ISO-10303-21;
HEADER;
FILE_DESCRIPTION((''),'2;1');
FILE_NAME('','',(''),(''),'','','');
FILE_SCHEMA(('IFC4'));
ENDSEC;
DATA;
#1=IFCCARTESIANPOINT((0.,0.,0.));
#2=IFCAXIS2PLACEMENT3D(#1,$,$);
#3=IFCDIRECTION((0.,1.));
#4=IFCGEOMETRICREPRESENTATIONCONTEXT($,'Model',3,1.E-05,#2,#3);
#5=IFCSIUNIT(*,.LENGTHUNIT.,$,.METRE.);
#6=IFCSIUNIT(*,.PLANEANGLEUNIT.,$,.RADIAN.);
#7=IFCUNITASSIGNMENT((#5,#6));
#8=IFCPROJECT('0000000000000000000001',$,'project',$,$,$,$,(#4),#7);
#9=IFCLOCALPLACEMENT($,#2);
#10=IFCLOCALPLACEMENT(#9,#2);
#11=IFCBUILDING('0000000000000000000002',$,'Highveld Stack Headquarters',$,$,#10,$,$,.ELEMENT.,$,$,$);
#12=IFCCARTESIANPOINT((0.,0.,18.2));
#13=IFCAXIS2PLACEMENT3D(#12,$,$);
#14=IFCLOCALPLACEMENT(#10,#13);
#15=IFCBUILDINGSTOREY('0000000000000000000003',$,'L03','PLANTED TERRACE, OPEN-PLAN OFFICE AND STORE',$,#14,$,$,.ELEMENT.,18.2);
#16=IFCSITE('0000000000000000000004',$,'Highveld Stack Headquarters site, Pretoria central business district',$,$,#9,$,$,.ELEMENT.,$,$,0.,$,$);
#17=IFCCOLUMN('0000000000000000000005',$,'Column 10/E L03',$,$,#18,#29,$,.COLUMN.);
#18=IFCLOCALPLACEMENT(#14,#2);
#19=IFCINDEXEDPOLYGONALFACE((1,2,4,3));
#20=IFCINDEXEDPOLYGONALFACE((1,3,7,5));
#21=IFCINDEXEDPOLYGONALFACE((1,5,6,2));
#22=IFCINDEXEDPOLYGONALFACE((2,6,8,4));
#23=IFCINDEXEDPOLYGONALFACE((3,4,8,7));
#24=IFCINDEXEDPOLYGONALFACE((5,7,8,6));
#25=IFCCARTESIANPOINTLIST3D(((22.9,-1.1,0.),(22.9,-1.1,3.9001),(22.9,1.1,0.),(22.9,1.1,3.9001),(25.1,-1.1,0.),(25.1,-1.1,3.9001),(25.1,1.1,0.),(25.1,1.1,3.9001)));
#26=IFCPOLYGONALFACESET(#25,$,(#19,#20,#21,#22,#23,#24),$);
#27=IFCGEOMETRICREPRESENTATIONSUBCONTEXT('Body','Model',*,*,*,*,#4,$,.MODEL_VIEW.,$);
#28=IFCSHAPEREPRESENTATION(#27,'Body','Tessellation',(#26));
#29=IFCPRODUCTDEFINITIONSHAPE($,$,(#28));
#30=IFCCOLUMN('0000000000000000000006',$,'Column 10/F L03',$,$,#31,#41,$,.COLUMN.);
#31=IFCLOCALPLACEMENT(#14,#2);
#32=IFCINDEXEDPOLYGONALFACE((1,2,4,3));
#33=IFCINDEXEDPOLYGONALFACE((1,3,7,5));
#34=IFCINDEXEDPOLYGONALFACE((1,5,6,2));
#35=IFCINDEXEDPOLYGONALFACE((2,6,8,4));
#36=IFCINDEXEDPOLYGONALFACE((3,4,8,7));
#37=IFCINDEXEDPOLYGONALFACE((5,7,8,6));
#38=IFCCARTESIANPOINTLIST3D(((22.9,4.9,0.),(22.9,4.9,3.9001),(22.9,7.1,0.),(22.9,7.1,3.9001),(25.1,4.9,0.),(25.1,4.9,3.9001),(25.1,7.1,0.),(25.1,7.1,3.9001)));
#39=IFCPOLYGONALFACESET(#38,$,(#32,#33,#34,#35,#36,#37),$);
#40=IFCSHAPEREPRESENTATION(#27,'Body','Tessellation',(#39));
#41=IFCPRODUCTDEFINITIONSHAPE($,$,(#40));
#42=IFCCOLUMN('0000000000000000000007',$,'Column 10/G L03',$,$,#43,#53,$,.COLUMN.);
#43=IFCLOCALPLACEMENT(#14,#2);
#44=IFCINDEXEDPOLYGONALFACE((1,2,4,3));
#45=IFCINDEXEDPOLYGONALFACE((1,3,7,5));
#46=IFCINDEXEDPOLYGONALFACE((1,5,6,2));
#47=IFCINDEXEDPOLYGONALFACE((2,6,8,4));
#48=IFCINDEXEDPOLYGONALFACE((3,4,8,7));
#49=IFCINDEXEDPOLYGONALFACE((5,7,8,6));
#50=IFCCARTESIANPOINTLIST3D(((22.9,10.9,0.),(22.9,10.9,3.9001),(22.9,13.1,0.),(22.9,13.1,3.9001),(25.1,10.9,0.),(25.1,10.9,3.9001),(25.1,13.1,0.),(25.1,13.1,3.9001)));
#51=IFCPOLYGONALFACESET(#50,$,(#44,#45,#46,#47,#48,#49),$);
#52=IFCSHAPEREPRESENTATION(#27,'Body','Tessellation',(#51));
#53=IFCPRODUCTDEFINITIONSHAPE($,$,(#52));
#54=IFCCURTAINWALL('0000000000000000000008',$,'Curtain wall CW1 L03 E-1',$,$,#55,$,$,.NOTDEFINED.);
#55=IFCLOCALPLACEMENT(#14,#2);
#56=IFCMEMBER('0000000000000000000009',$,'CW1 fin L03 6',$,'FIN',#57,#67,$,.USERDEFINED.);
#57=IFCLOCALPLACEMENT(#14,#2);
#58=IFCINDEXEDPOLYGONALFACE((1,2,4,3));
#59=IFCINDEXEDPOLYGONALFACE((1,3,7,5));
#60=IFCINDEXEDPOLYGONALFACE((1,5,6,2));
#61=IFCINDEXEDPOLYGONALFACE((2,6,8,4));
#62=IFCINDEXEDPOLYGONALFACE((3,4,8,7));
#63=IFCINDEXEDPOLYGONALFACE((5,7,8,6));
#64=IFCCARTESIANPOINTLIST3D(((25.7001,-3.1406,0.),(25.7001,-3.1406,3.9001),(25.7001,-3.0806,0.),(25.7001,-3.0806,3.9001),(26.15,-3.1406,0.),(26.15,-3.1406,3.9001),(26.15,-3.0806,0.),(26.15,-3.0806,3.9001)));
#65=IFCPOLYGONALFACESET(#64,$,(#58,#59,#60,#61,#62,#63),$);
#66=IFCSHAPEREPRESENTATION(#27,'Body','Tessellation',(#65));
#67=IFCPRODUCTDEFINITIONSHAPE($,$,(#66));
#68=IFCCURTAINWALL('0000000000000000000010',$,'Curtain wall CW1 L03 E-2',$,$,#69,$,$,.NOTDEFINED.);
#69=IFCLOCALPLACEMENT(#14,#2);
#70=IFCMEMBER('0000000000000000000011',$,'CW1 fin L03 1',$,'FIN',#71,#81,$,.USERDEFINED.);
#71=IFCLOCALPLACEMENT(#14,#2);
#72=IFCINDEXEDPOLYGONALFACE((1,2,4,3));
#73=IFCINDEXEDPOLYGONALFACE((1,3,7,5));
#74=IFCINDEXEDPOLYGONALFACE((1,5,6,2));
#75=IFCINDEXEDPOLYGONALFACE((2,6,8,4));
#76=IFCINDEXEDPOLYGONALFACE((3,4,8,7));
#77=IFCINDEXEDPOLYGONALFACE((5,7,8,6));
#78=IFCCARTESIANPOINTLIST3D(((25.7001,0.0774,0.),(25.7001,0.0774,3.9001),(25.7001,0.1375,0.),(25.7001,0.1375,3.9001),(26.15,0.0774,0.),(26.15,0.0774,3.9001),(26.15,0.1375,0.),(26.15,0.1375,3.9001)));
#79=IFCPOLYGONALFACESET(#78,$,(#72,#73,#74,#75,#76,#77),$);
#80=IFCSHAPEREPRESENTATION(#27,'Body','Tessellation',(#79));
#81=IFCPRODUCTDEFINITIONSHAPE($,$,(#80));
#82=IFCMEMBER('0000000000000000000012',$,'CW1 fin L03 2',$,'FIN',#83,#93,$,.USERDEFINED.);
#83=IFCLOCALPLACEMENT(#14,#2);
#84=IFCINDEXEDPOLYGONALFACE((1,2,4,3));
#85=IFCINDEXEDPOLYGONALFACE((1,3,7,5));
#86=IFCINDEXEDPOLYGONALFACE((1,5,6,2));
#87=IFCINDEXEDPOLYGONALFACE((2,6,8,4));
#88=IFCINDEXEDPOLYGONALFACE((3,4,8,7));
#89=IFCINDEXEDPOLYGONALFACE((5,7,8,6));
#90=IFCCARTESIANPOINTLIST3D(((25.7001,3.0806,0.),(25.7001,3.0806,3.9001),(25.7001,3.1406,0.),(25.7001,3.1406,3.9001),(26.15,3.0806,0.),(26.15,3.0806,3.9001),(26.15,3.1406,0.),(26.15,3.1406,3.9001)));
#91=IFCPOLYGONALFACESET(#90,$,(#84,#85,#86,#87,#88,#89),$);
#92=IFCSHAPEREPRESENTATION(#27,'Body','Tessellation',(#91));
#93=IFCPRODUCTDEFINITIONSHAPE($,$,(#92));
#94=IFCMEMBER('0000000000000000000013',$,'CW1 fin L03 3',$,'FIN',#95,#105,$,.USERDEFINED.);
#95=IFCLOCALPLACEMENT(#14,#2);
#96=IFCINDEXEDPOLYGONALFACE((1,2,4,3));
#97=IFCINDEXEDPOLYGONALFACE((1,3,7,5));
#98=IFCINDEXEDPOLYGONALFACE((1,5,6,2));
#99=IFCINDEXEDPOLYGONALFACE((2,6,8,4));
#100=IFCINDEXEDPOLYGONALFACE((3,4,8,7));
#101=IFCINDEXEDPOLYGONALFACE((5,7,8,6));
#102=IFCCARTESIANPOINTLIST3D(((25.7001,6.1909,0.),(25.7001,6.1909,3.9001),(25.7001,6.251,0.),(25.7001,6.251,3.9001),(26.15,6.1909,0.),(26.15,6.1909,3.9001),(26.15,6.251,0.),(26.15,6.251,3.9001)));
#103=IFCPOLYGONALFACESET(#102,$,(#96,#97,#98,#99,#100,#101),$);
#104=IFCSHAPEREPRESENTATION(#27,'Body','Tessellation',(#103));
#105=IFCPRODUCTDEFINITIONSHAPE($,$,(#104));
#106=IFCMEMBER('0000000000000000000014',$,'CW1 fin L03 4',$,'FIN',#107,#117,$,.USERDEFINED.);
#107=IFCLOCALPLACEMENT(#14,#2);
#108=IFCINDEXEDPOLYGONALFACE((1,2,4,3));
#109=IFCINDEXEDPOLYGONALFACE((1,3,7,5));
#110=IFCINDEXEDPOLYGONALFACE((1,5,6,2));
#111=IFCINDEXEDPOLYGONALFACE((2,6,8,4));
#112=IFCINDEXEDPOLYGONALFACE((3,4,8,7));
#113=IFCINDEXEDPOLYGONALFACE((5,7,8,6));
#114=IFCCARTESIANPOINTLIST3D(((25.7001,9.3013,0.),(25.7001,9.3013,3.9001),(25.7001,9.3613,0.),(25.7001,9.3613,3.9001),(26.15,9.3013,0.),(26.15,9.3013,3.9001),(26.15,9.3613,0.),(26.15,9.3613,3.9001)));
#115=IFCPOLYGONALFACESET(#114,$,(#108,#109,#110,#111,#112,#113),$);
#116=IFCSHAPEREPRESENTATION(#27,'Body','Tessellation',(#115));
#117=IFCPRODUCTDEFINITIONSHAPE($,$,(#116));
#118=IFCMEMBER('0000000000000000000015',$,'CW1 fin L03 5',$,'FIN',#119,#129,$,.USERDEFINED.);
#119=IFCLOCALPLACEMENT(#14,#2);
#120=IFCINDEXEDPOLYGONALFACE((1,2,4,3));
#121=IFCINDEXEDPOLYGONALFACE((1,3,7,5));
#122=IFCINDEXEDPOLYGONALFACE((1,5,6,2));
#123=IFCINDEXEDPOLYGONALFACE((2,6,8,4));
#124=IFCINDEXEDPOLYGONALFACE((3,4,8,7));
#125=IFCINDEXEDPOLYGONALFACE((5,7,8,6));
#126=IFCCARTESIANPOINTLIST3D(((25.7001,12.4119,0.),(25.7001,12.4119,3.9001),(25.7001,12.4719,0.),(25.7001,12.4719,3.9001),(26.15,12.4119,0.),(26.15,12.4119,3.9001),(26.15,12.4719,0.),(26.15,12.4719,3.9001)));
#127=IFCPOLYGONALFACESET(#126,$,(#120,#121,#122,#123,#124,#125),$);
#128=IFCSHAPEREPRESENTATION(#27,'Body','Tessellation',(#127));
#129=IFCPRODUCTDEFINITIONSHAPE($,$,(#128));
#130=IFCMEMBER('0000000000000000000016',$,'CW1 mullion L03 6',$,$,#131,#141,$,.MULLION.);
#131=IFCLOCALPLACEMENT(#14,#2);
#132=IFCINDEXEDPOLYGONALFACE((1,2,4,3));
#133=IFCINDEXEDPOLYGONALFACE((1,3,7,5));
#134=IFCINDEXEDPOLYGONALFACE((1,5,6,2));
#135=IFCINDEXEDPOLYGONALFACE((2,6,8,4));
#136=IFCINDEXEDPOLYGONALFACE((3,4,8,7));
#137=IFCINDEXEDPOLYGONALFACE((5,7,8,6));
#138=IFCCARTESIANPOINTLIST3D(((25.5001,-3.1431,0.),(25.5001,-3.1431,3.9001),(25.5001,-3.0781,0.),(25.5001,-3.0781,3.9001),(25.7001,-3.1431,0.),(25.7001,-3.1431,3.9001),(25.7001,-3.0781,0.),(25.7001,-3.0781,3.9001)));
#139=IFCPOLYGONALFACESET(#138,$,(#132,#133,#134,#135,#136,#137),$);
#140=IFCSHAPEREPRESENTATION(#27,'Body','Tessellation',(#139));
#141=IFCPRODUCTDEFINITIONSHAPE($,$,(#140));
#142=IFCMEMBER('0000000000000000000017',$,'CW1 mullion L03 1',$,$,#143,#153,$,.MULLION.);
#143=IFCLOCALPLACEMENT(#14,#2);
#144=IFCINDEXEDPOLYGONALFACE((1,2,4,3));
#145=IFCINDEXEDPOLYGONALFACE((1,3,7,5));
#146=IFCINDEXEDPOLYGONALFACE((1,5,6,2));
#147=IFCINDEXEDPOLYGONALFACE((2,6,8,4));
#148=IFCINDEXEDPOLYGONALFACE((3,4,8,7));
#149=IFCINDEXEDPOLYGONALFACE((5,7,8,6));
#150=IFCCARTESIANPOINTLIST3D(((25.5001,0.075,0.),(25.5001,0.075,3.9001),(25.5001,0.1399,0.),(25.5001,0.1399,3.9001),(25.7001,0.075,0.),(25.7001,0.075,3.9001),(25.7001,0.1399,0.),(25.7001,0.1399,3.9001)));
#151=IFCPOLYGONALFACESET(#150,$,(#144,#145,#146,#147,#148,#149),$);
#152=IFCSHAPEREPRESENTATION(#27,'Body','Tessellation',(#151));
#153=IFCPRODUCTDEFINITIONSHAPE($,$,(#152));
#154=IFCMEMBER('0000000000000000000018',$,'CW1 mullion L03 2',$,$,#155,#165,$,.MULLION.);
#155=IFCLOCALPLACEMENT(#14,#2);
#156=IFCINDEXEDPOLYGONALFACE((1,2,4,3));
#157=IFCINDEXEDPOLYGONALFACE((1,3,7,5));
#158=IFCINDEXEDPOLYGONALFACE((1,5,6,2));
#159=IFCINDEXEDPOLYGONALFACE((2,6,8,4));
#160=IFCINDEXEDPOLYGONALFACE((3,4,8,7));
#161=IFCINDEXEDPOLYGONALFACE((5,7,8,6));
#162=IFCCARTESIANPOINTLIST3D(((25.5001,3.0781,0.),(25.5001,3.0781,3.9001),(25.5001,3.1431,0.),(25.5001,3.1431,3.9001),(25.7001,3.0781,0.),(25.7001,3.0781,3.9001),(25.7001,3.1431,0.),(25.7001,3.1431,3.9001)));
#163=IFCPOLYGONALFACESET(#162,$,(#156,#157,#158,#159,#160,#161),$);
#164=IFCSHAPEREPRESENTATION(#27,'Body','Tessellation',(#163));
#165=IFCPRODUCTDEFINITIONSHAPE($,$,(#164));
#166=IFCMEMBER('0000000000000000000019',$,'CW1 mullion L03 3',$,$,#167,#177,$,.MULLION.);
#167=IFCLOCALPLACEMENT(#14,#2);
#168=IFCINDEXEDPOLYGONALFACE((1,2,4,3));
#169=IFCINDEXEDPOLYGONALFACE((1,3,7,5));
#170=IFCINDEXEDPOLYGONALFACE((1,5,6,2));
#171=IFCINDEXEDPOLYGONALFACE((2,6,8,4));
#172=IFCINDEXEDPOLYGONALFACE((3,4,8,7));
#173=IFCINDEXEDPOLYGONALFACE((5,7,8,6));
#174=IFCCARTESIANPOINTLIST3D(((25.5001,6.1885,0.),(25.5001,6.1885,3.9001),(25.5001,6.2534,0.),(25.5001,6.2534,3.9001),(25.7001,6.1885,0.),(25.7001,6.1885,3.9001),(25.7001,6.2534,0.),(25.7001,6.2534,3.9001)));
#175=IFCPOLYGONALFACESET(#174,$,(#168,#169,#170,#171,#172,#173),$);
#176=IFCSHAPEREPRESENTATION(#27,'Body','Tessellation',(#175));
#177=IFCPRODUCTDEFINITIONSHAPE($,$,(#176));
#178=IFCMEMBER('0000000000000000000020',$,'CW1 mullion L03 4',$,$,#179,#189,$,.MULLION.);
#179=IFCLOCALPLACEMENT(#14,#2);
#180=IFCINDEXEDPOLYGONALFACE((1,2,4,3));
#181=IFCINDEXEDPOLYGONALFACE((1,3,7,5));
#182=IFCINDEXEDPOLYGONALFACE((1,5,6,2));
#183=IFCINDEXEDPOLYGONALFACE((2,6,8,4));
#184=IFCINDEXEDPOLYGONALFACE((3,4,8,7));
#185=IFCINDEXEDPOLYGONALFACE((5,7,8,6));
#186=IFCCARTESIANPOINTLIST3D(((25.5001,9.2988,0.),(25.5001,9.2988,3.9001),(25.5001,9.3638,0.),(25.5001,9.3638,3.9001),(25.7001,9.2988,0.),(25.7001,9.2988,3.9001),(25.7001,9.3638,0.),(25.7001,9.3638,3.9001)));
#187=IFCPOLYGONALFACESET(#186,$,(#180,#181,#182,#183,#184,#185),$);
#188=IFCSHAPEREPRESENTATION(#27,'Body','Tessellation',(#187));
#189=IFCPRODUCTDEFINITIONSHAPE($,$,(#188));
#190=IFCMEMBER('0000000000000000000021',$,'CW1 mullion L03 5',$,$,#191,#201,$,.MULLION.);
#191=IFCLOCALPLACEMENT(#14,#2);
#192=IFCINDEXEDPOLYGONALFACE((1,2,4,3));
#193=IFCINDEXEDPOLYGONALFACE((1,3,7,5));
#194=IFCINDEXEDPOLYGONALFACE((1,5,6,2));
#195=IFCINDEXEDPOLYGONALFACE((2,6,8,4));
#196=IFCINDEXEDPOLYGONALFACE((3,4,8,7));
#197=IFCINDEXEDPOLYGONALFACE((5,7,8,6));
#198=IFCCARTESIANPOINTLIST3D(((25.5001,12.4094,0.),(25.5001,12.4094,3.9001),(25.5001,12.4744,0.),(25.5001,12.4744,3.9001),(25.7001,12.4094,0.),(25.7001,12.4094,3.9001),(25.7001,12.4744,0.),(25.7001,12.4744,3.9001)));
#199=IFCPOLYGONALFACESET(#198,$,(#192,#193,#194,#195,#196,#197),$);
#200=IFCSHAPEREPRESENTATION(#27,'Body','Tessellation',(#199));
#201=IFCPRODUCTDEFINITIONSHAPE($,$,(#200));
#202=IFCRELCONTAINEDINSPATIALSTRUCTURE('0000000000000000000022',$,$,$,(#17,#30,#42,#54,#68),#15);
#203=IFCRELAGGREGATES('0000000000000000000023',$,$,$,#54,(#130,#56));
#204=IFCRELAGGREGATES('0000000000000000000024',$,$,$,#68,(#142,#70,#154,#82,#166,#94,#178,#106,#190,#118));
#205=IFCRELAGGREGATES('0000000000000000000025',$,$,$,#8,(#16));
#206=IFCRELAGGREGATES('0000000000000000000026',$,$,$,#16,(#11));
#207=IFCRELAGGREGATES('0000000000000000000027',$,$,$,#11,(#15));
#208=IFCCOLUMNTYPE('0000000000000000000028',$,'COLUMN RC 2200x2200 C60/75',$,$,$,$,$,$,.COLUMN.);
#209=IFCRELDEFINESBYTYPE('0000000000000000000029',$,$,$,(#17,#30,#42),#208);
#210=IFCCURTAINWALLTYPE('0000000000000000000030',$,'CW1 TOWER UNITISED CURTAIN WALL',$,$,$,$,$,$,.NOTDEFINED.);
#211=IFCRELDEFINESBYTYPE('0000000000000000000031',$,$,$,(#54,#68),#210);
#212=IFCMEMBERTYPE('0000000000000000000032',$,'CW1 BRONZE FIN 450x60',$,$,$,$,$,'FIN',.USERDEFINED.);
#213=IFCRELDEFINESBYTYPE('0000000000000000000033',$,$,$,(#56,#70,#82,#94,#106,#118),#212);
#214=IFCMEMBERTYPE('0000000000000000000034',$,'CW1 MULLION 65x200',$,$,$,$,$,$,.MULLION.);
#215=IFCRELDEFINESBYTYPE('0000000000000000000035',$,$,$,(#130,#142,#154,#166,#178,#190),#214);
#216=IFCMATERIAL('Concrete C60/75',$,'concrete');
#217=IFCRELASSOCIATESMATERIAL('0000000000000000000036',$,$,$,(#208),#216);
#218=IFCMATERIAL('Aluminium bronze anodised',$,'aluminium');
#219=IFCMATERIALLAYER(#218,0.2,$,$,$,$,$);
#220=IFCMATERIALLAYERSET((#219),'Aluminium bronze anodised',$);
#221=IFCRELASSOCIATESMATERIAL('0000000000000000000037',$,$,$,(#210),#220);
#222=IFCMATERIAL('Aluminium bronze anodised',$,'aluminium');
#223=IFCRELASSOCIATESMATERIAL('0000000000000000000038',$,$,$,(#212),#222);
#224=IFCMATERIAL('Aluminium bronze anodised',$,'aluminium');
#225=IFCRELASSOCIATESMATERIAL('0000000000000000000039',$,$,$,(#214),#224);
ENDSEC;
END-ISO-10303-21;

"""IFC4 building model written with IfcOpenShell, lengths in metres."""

from ifc_helpers import new_model, si_unit, direction, frame, origin, origin_2d, place, context, subcontext, project, spatial, rectangle, extrude, material, layer, layer_set, material_profile, profile_set, type_object, element, aggregate, save


model = new_model("IFC4")

# Units and contexts
model_context = context("Model", 3, precision=1e-05, world=origin(), true_north=direction((0.0, 1.0)))
body_context = subcontext(model_context, "Body", "Model", "MODEL_VIEW")
ifc_project = project(units=[si_unit("LENGTHUNIT", "METRE"), si_unit("PLANEANGLEUNIT", "RADIAN")], contexts=[model_context])

# Site, building, storey
site_placement = place(None, origin())
site = spatial("IfcSite", under=ifc_project, at=site_placement, Name="Highveld Stack Headquarters site, Pretoria central business district", CompositionType="ELEMENT", RefElevation=0.0)
building_placement = place(site_placement, origin())
building = spatial("IfcBuilding", under=site, at=building_placement, Name="Highveld Stack Headquarters", CompositionType="ELEMENT")
storey_placement = place(building_placement, frame((0.0, 0.0, 18.2)))
storey = spatial("IfcBuildingStorey", under=building, at=storey_placement, Name="L03", Description="PLANTED TERRACE, OPEN-PLAN OFFICE AND STORE", CompositionType="ELEMENT", Elevation=18.2)

# Columns
ifc_material_1 = material(Name="Concrete C60/75", Category="concrete")
ifc_material_profile_1 = material_profile(ifc_material_1, rectangle(XDim=2.2, YDim=2.2, at=origin_2d()), Name="RC 2200x2200")
ifc_profile_set_1 = profile_set([ifc_material_profile_1], Name="Concrete C60/75")
column_type = type_object("IfcColumnType", Name="COLUMN RC 2200x2200 C60/75", PredefinedType="COLUMN", material=ifc_profile_set_1)
for number, where, z_axis, x_axis, name in (
    (1, (24.0, 0.0, 0.0), (0.0, 0.0, 1.0), (1.0, 0.0, 0.0), "Column 10/E L03"),
    (2, (24.0, 6.0, 0.0), (0.0, 0.0, 1.0), (1.0, 0.0, 0.0), "Column 10/F L03"),
    (3, (24.0, 12.0, 0.0), (0.0, 0.0, 1.0), (1.0, 0.0, 0.0), "Column 10/G L03"),
):
    element("IfcColumn", number, at=place(storey_placement, frame(where, z_axis=z_axis, x_axis=x_axis)), inside=storey, type_object=column_type, Name=name, PredefinedType="COLUMN", context=body_context, shape_type="SweptSolid", body=[
        extrude(rectangle(XDim=2.2, YDim=2.2, at=origin_2d()), origin(), (0.0, 0.0, 1.0), 3.9001),
    ])

# Curtain wall, member
ifc_material_2 = material(Name="Aluminium bronze anodised", Category="aluminium")
ifc_layer_1 = layer(ifc_material_2, 0.2)
ifc_layer_set_1 = layer_set([ifc_layer_1], Name="Aluminium bronze anodised")
curtain_wall_type = type_object("IfcCurtainWallType", Name="CW1 TOWER UNITISED CURTAIN WALL", PredefinedType="NOTDEFINED", material=ifc_layer_set_1)
curtain_wall_1_placement = place(storey_placement, origin())
curtain_wall_1 = element("IfcCurtainWall", 4, at=curtain_wall_1_placement, inside=storey, type_object=curtain_wall_type, Name="Curtain wall CW1 L03 E-1", PredefinedType="NOTDEFINED")
ifc_material_3 = material(Name="Aluminium bronze anodised", Category="aluminium")
ifc_material_profile_2 = material_profile(ifc_material_3, rectangle(XDim=0.45, YDim=0.0601, at=origin_2d()), Name="FIN 450x60")
ifc_profile_set_2 = profile_set([ifc_material_profile_2], Name="Aluminium bronze anodised")
member_type_1 = type_object("IfcMemberType", Name="CW1 BRONZE FIN 450x60", ElementType="FIN", PredefinedType="USERDEFINED", material=ifc_profile_set_2)
member_1_placement = place(storey_placement, frame((25.925, -3.1106, 0.0), z_axis=(0.0, 0.0, 1.0), x_axis=(-1.0, 0.0, 0.0)))
member_1 = element("IfcMember", 5, at=member_1_placement, type_object=member_type_1, Name="CW1 fin L03 6", ObjectType="FIN", PredefinedType="USERDEFINED", context=body_context, shape_type="SweptSolid", body=[
    extrude(rectangle(XDim=0.45, YDim=0.0601, at=origin_2d()), origin(), (0.0, 0.0, 1.0), 3.9001),
])

# Curtain wall, members
curtain_wall_2_placement = place(storey_placement, origin())
curtain_wall_2 = element("IfcCurtainWall", 6, at=curtain_wall_2_placement, inside=storey, type_object=curtain_wall_type, Name="Curtain wall CW1 L03 E-2", PredefinedType="NOTDEFINED")
member_2_placement = place(storey_placement, frame((25.925, 0.1074, 0.0), z_axis=(0.0, 0.0, 1.0), x_axis=(-1.0, 0.0, 0.0)))
member_2 = element("IfcMember", 7, at=member_2_placement, type_object=member_type_1, Name="CW1 fin L03 1", ObjectType="FIN", PredefinedType="USERDEFINED", context=body_context, shape_type="SweptSolid", body=[
    extrude(rectangle(XDim=0.45, YDim=0.0601, at=origin_2d()), origin(), (0.0, 0.0, 1.0), 3.9001),
])
member_3_placement = place(storey_placement, frame((25.925, 3.1106, 0.0), z_axis=(0.0, 0.0, 1.0), x_axis=(-1.0, 0.0, 0.0)))
member_3 = element("IfcMember", 8, at=member_3_placement, type_object=member_type_1, Name="CW1 fin L03 2", ObjectType="FIN", PredefinedType="USERDEFINED", context=body_context, shape_type="SweptSolid", body=[
    extrude(rectangle(XDim=0.45, YDim=0.0601, at=origin_2d()), origin(), (0.0, 0.0, 1.0), 3.9001),
])
member_4_placement = place(storey_placement, frame((25.925, 6.2209, 0.0), z_axis=(0.0, 0.0, 1.0), x_axis=(-1.0, 0.0, 0.0)))
member_4 = element("IfcMember", 9, at=member_4_placement, type_object=member_type_1, Name="CW1 fin L03 3", ObjectType="FIN", PredefinedType="USERDEFINED", context=body_context, shape_type="SweptSolid", body=[
    extrude(rectangle(XDim=0.45, YDim=0.0601, at=origin_2d()), origin(), (0.0, 0.0, 1.0), 3.9001),
])
member_5_placement = place(storey_placement, frame((25.925, 9.3313, 0.0), z_axis=(0.0, 0.0, 1.0), x_axis=(-1.0, 0.0, 0.0)))
member_5 = element("IfcMember", 10, at=member_5_placement, type_object=member_type_1, Name="CW1 fin L03 4", ObjectType="FIN", PredefinedType="USERDEFINED", context=body_context, shape_type="SweptSolid", body=[
    extrude(rectangle(XDim=0.45, YDim=0.0601, at=origin_2d()), origin(), (0.0, 0.0, 1.0), 3.9001),
])
member_6_placement = place(storey_placement, frame((25.925, 12.4419, 0.0), z_axis=(0.0, 0.0, 1.0), x_axis=(-1.0, 0.0, 0.0)))
member_6 = element("IfcMember", 11, at=member_6_placement, type_object=member_type_1, Name="CW1 fin L03 5", ObjectType="FIN", PredefinedType="USERDEFINED", context=body_context, shape_type="SweptSolid", body=[
    extrude(rectangle(XDim=0.45, YDim=0.0601, at=origin_2d()), origin(), (0.0, 0.0, 1.0), 3.9001),
])

# Members
ifc_material_4 = material(Name="Aluminium bronze anodised", Category="aluminium")
ifc_material_profile_3 = material_profile(ifc_material_4, rectangle(XDim=0.2, YDim=0.0649, at=origin_2d()), Name="CW1 MULLION 65x200")
ifc_profile_set_3 = profile_set([ifc_material_profile_3], Name="Aluminium bronze anodised")
member_type_2 = type_object("IfcMemberType", Name="CW1 MULLION 65x200", PredefinedType="MULLION", material=ifc_profile_set_3)
member_7_placement = place(storey_placement, frame((25.6001, -3.1106, 0.0), z_axis=(0.0, 0.0, 1.0), x_axis=(-1.0, 0.0, 0.0)))
member_7 = element("IfcMember", 12, at=member_7_placement, type_object=member_type_2, Name="CW1 mullion L03 6", PredefinedType="MULLION", context=body_context, shape_type="SweptSolid", body=[
    extrude(rectangle(XDim=0.2, YDim=0.0649, at=origin_2d()), origin(), (0.0, 0.0, 1.0), 3.9001),
])
member_8_placement = place(storey_placement, frame((25.6001, 0.1074, 0.0), z_axis=(0.0, 0.0, 1.0), x_axis=(-1.0, 0.0, 0.0)))
member_8 = element("IfcMember", 13, at=member_8_placement, type_object=member_type_2, Name="CW1 mullion L03 1", PredefinedType="MULLION", context=body_context, shape_type="SweptSolid", body=[
    extrude(rectangle(XDim=0.2, YDim=0.0649, at=origin_2d()), origin(), (0.0, 0.0, 1.0), 3.9001),
])
member_9_placement = place(storey_placement, frame((25.6001, 3.1106, 0.0), z_axis=(0.0, 0.0, 1.0), x_axis=(-1.0, 0.0, 0.0)))
member_9 = element("IfcMember", 14, at=member_9_placement, type_object=member_type_2, Name="CW1 mullion L03 2", PredefinedType="MULLION", context=body_context, shape_type="SweptSolid", body=[
    extrude(rectangle(XDim=0.2, YDim=0.0649, at=origin_2d()), origin(), (0.0, 0.0, 1.0), 3.9001),
])
member_10_placement = place(storey_placement, frame((25.6001, 6.2209, 0.0), z_axis=(0.0, 0.0, 1.0), x_axis=(-1.0, 0.0, 0.0)))
member_10 = element("IfcMember", 15, at=member_10_placement, type_object=member_type_2, Name="CW1 mullion L03 3", PredefinedType="MULLION", context=body_context, shape_type="SweptSolid", body=[
    extrude(rectangle(XDim=0.2, YDim=0.0649, at=origin_2d()), origin(), (0.0, 0.0, 1.0), 3.9001),
])
member_11_placement = place(storey_placement, frame((25.6001, 9.3313, 0.0), z_axis=(0.0, 0.0, 1.0), x_axis=(-1.0, 0.0, 0.0)))
member_11 = element("IfcMember", 16, at=member_11_placement, type_object=member_type_2, Name="CW1 mullion L03 4", PredefinedType="MULLION", context=body_context, shape_type="SweptSolid", body=[
    extrude(rectangle(XDim=0.2, YDim=0.0649, at=origin_2d()), origin(), (0.0, 0.0, 1.0), 3.9001),
])
member_12_placement = place(storey_placement, frame((25.6001, 12.4419, 0.0), z_axis=(0.0, 0.0, 1.0), x_axis=(-1.0, 0.0, 0.0)))
member_12 = element("IfcMember", 17, at=member_12_placement, type_object=member_type_2, Name="CW1 mullion L03 5", PredefinedType="MULLION", context=body_context, shape_type="SweptSolid", body=[
    extrude(rectangle(XDim=0.2, YDim=0.0649, at=origin_2d()), origin(), (0.0, 0.0, 1.0), 3.9001),
])

aggregate(curtain_wall_1, [member_7, member_1])
aggregate(curtain_wall_2, [member_8, member_2, member_9, member_3, member_10, member_4, member_11, member_5, member_12, member_6])

save(model, "model.ifc")
